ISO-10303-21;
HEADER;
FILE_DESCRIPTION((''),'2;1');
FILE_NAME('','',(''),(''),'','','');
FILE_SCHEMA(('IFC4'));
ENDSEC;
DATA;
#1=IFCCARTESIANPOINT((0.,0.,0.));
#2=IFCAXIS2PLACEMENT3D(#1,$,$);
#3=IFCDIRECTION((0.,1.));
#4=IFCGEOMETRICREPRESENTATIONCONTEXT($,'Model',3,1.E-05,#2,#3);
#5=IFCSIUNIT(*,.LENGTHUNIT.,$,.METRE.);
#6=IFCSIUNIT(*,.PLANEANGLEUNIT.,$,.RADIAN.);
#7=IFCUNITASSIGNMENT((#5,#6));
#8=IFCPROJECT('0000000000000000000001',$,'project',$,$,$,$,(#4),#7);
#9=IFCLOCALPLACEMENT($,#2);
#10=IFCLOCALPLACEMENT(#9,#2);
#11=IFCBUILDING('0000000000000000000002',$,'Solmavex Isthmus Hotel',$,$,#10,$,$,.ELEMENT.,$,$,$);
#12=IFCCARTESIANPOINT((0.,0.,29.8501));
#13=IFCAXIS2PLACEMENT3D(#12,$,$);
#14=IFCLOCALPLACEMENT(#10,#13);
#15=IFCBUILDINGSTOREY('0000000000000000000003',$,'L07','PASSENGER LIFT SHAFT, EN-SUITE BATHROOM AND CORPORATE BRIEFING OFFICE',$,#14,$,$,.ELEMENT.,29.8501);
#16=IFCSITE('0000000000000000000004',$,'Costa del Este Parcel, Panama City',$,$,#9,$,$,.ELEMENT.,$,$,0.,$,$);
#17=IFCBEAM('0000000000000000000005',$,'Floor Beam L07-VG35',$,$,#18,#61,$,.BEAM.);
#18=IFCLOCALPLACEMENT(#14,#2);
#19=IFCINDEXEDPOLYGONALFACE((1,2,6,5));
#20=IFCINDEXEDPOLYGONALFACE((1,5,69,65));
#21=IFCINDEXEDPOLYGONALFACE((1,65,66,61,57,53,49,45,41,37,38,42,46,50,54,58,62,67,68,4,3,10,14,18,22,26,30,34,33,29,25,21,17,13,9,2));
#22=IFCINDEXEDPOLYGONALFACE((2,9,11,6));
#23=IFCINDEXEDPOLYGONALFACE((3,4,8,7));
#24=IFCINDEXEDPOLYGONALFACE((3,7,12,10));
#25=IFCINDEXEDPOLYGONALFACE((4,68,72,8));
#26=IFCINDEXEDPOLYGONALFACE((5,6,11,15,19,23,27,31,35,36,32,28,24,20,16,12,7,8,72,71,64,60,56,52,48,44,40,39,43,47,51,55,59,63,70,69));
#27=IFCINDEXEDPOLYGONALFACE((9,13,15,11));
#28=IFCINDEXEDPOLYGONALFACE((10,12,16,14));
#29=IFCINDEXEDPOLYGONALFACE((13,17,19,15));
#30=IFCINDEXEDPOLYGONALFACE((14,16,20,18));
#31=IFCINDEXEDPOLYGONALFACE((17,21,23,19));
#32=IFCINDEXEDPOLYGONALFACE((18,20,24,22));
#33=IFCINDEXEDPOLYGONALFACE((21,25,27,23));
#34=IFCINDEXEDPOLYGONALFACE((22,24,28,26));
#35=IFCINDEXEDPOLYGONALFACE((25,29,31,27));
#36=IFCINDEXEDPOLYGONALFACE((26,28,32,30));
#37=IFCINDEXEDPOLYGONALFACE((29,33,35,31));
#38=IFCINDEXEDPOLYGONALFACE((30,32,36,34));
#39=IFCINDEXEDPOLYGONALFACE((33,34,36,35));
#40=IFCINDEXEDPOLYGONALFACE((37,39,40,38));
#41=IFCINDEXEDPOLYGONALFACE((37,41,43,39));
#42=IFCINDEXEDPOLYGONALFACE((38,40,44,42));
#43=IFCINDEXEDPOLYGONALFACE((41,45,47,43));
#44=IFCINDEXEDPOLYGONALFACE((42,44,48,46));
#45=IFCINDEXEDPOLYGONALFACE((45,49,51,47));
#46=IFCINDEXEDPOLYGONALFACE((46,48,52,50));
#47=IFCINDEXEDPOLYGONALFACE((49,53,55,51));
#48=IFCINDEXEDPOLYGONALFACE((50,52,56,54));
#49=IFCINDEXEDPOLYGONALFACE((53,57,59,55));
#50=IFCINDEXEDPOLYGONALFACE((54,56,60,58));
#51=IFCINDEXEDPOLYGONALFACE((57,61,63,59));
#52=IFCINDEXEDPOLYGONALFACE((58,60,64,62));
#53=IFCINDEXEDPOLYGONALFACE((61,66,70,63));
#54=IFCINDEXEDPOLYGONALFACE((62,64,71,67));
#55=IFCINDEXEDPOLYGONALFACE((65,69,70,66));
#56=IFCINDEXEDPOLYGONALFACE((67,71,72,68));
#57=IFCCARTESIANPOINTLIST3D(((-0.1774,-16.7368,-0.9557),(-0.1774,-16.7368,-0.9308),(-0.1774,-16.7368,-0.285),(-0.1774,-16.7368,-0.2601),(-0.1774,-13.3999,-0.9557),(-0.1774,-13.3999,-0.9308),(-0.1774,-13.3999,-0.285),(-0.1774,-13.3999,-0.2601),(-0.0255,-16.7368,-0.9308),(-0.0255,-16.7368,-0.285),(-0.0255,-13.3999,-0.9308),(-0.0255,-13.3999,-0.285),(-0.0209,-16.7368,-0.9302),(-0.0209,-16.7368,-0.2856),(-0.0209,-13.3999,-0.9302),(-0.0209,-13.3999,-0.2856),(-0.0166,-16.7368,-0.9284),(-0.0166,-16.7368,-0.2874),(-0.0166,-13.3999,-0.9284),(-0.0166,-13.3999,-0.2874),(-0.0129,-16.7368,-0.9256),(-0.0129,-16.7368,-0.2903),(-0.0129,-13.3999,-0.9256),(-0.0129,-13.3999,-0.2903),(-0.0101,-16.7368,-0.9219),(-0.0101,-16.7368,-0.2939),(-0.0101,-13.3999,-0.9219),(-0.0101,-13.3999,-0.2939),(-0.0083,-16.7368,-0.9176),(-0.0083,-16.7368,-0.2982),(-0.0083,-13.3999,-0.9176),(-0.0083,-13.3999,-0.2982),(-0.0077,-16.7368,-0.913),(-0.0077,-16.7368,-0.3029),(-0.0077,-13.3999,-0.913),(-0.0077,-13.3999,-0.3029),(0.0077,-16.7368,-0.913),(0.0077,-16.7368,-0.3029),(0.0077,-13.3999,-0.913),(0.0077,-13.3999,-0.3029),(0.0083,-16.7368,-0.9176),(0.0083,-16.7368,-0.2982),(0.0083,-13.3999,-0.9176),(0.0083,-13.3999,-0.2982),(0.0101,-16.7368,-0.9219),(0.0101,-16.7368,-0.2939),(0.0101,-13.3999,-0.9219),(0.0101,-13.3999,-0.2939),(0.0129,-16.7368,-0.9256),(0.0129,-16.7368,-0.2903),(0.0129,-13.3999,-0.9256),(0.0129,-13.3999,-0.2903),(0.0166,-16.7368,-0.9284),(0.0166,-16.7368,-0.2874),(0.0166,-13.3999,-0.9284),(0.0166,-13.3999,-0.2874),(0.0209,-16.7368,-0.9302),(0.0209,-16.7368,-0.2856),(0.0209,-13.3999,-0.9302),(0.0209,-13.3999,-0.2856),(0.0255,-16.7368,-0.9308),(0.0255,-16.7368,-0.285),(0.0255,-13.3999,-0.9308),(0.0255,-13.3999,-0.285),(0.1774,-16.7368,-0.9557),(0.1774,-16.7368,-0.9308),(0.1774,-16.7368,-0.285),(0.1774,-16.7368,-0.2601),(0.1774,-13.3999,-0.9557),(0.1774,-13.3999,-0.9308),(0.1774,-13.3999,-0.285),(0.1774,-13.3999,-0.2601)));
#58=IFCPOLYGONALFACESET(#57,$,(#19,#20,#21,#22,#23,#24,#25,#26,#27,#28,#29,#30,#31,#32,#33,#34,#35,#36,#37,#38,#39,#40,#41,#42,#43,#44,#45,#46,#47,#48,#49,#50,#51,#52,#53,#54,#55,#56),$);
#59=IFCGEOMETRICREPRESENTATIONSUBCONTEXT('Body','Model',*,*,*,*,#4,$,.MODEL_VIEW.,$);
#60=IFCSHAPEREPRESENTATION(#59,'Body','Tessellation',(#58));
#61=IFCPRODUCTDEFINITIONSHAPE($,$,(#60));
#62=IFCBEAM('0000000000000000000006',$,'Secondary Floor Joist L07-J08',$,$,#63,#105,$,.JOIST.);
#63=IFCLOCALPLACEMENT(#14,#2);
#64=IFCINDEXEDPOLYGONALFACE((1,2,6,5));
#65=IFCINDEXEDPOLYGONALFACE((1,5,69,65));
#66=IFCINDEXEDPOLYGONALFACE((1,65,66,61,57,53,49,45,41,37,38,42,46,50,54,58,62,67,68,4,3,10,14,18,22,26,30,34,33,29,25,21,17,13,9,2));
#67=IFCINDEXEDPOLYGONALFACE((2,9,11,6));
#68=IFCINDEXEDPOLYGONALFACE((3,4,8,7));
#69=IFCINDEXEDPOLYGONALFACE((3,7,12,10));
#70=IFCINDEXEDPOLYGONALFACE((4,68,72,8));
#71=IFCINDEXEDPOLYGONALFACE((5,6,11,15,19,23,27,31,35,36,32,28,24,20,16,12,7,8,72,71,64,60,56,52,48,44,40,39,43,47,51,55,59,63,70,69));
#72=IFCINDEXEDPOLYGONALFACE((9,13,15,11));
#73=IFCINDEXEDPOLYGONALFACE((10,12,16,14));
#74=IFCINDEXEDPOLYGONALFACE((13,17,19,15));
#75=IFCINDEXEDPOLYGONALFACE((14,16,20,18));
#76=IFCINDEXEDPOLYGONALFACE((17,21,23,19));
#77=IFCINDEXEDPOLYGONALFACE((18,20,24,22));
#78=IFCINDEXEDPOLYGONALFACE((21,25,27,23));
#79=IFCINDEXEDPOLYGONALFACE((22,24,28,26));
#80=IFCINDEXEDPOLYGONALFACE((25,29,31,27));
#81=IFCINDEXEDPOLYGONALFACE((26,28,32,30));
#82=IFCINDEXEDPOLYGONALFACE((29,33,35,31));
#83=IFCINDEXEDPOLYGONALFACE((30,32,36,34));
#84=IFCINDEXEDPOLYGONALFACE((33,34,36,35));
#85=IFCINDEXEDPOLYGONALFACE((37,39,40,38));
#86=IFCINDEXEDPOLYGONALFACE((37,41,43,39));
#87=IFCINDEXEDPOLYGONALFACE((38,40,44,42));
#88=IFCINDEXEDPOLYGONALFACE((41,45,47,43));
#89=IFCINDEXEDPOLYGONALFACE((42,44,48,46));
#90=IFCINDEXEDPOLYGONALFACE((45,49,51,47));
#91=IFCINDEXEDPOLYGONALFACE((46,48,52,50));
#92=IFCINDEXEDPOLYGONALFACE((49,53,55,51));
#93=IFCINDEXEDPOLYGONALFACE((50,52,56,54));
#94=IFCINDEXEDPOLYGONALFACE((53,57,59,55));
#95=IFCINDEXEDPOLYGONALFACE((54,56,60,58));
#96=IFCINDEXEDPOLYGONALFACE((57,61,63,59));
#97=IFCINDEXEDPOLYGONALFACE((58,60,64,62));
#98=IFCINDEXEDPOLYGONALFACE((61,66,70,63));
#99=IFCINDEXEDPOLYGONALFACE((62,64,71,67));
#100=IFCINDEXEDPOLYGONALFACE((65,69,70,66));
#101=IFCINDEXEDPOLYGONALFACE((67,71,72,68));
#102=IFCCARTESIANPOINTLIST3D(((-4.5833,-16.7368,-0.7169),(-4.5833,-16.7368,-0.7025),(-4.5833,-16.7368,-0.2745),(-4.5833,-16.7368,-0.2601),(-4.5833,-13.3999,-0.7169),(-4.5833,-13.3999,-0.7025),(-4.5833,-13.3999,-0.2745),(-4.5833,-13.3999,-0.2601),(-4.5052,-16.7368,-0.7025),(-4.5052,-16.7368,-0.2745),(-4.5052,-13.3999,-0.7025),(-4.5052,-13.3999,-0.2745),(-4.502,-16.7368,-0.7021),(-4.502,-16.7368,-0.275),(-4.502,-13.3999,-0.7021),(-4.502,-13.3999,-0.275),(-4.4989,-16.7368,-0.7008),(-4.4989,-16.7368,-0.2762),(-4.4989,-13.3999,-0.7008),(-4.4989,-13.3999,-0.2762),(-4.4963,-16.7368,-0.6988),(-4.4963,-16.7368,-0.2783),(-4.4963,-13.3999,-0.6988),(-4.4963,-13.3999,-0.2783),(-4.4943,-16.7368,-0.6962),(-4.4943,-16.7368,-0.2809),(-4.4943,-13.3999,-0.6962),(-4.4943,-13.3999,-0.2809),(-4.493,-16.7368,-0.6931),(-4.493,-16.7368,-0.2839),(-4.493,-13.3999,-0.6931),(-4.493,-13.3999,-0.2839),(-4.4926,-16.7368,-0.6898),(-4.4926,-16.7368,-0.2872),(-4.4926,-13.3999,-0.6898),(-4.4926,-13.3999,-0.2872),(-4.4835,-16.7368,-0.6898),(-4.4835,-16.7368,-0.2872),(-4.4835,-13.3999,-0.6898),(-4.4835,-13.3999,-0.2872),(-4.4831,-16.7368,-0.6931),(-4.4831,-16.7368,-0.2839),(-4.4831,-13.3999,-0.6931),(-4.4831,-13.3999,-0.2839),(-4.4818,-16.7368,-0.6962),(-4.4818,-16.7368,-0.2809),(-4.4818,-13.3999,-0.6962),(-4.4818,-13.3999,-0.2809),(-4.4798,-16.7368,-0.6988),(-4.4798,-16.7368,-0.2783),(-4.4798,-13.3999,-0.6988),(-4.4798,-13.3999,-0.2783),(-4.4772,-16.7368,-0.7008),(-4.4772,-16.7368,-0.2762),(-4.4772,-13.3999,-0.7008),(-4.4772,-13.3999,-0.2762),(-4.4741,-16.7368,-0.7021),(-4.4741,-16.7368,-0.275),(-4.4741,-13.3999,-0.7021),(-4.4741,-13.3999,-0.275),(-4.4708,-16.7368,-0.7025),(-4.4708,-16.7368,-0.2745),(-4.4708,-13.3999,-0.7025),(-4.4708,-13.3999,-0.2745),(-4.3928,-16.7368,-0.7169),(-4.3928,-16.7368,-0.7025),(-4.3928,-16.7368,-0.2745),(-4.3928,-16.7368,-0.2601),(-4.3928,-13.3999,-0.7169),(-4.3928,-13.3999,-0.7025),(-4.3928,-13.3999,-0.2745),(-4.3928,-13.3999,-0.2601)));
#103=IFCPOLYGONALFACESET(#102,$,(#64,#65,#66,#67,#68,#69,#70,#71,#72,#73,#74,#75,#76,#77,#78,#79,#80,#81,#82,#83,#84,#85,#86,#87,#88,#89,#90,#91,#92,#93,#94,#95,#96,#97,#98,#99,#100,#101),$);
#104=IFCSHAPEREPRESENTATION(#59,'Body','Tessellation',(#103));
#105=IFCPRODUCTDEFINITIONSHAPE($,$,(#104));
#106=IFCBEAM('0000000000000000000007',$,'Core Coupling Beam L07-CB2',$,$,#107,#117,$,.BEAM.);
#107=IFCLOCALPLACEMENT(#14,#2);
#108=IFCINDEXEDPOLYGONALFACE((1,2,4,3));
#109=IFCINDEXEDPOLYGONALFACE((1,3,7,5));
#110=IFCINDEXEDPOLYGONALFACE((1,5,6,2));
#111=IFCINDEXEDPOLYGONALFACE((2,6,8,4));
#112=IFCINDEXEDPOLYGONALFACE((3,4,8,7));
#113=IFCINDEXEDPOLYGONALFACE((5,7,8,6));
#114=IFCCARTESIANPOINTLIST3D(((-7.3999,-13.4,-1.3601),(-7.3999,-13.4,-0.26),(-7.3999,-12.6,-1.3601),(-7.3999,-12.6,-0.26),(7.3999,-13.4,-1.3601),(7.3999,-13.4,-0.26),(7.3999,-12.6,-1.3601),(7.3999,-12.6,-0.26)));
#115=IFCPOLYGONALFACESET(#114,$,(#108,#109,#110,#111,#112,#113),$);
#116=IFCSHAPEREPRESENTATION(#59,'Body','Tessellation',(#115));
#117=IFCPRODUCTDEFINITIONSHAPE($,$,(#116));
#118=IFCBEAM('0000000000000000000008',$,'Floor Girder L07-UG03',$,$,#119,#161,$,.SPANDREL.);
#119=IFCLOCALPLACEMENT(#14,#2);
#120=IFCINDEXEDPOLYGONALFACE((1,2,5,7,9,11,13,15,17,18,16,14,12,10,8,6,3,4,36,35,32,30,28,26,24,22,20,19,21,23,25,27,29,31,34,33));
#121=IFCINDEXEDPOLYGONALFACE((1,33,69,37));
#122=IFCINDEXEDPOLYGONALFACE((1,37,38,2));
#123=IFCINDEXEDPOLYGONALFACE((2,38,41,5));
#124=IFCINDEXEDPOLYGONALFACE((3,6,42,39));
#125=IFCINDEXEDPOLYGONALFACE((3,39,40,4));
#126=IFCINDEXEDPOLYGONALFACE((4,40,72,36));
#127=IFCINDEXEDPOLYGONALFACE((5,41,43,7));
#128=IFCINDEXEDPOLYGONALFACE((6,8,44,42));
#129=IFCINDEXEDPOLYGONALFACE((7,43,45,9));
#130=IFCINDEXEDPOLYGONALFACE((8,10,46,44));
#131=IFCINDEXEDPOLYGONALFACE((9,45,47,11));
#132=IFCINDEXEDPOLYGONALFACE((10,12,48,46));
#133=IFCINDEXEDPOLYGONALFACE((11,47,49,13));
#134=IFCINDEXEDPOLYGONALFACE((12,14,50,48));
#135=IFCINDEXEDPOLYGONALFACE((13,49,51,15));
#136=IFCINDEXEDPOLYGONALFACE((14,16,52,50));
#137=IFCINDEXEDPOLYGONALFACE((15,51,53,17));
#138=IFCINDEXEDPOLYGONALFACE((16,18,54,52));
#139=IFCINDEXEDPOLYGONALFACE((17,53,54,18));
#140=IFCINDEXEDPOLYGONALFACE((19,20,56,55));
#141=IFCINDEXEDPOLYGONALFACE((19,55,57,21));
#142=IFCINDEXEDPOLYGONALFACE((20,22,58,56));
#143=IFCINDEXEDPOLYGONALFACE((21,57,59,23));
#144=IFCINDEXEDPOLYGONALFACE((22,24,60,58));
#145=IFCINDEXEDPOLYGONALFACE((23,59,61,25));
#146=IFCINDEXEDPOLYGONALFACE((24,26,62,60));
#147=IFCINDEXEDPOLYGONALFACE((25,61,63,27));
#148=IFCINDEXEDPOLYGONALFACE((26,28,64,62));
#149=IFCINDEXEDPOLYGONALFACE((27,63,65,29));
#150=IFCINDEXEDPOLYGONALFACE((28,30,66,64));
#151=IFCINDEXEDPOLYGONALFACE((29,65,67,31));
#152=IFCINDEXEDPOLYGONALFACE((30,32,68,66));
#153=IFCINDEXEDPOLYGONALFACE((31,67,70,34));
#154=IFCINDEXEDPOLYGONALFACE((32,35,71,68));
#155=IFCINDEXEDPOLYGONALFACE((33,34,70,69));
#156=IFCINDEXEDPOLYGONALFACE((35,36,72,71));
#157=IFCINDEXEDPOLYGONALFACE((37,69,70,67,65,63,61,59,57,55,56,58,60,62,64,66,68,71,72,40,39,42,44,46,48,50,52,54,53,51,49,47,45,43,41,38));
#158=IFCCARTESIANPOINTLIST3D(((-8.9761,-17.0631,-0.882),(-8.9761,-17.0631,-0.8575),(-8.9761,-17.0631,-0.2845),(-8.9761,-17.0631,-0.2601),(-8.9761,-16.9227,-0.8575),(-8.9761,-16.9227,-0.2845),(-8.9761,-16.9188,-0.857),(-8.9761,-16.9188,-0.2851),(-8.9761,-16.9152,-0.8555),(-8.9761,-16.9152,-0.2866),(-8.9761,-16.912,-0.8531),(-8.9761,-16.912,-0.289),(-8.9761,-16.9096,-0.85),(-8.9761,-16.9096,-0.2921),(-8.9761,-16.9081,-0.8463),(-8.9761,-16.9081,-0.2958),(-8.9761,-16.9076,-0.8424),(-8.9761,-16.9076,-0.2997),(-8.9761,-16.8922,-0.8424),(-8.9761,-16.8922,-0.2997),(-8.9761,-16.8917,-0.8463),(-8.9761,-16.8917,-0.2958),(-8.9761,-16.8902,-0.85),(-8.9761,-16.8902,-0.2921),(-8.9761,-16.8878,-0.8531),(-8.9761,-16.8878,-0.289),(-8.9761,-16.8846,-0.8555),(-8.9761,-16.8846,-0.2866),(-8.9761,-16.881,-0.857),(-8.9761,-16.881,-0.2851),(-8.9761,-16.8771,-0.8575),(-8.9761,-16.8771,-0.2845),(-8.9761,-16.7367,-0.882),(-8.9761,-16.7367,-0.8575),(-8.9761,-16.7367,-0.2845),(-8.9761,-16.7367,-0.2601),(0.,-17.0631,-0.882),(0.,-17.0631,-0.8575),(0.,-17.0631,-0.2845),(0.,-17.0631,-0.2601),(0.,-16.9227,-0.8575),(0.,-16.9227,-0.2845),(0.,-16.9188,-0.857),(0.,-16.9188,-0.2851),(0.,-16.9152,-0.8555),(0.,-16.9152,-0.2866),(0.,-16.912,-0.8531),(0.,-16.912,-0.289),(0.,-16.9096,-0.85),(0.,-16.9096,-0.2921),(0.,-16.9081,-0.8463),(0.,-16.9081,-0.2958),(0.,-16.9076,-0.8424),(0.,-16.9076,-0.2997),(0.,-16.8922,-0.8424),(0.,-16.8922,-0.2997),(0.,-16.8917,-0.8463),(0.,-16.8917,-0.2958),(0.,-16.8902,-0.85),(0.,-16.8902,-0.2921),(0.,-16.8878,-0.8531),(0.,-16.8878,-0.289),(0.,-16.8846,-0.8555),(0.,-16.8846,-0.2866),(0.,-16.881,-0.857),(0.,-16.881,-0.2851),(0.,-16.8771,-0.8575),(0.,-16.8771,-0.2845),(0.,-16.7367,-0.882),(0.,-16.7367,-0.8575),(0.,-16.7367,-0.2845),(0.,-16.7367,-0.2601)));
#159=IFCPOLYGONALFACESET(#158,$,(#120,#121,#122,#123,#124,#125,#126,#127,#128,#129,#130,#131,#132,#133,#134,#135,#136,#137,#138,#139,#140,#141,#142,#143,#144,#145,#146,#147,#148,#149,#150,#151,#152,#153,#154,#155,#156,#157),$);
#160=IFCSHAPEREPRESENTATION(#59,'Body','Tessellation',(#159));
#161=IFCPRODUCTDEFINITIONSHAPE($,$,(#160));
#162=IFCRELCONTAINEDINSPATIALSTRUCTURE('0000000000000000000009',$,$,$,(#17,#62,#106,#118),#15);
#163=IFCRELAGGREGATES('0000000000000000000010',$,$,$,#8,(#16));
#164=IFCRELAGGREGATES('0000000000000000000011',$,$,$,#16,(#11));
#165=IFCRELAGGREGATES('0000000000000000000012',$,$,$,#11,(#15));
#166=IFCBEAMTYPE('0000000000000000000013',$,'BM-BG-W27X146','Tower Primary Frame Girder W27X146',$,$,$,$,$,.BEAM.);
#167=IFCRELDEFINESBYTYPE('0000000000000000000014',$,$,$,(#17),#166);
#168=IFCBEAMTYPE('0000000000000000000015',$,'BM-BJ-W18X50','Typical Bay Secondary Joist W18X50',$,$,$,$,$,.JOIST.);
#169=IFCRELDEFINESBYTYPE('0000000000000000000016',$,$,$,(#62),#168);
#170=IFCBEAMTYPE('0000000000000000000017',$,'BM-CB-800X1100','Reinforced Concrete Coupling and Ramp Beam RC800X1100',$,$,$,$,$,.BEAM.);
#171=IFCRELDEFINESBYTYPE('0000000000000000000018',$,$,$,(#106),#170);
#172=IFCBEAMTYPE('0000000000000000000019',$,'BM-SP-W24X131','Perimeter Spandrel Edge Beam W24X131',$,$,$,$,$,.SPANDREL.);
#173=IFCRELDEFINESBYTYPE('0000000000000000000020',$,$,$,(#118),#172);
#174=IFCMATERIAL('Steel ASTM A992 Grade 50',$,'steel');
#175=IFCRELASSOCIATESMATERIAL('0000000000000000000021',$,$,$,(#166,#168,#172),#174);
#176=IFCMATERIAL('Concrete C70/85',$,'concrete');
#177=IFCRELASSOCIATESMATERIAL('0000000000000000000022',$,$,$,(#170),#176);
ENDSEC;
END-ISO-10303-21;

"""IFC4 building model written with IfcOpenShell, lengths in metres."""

from ifc_helpers import new_model, si_unit, direction, frame, origin, origin_2d, place, context, subcontext, project, spatial, rectangle, i_section, extrude, material, material_profile, profile_set, type_object, element, save


model = new_model("IFC4")

# Units and contexts
model_context = context("Model", 3, precision=1e-05, world=origin(), true_north=direction((0.0, 1.0)))
body_context = subcontext(model_context, "Body", "Model", "MODEL_VIEW")
ifc_project = project(units=[si_unit("LENGTHUNIT", "METRE"), si_unit("PLANEANGLEUNIT", "RADIAN")], contexts=[model_context])

# Site, building, storey
site_placement = place(None, origin())
site = spatial("IfcSite", under=ifc_project, at=site_placement, Name="Costa del Este Parcel, Panama City", CompositionType="ELEMENT", RefElevation=0.0)
building_placement = place(site_placement, origin())
building = spatial("IfcBuilding", under=site, at=building_placement, Name="Solmavex Isthmus Hotel", CompositionType="ELEMENT")
storey_placement = place(building_placement, frame((0.0, 0.0, 29.8501)))
storey = spatial("IfcBuildingStorey", under=building, at=storey_placement, Name="L07", Description="PASSENGER LIFT SHAFT, EN-SUITE BATHROOM AND CORPORATE BRIEFING OFFICE", CompositionType="ELEMENT", Elevation=29.8501)

# Shared definitions
ifc_material_1 = material(Name="Concrete C70/85", Category="concrete")

# Beams
ifc_material_2 = material(Name="Steel ASTM A992 Grade 50", Category="steel")
ifc_material_profile_1 = material_profile(ifc_material_2, i_section(OverallWidth=0.3547, OverallDepth=0.6956, WebThickness=0.0154, FlangeThickness=0.0249, FilletRadius=0.0178, at=origin_2d()), Name="W27X146")
ifc_profile_set_1 = profile_set([ifc_material_profile_1], Name="Steel ASTM A992 Grade 50")
beam_type_1 = type_object("IfcBeamType", Name="BM-BG-W27X146", Description="Tower Primary Frame Girder W27X146", PredefinedType="BEAM", material=ifc_profile_set_1)
for number, where, z_axis, x_axis, name in (
    (1, (0.0, -16.7368, -0.6079), (0.0, 1.0, 0.0), (-1.0, 0.0, 0.0), "Floor Beam L07-VG35"),
):
    element("IfcBeam", number, at=place(storey_placement, frame(where, z_axis=z_axis, x_axis=x_axis)), inside=storey, type_object=beam_type_1, Name=name, PredefinedType="BEAM", context=body_context, shape_type="SweptSolid", body=[
        extrude(i_section(OverallWidth=0.3547, OverallDepth=0.6956, WebThickness=0.0154, FlangeThickness=0.0249, FilletRadius=0.0178, at=origin_2d()), origin(), (0.0, 0.0, 1.0), 3.3369),
    ])
ifc_material_profile_2 = material_profile(ifc_material_2, i_section(OverallWidth=0.1904, OverallDepth=0.4568, WebThickness=0.009, FlangeThickness=0.0144, FilletRadius=0.0127, at=origin_2d()), Name="W18X50")
ifc_profile_set_2 = profile_set([ifc_material_profile_2], Name="Steel ASTM A992 Grade 50")
beam_type_2 = type_object("IfcBeamType", Name="BM-BJ-W18X50", Description="Typical Bay Secondary Joist W18X50", PredefinedType="JOIST", material=ifc_profile_set_2)
beam_1_placement = place(storey_placement, frame((-4.488, -16.7368, -0.4885), z_axis=(0.0, 1.0, 0.0), x_axis=(-1.0, 0.0, 0.0)))
element("IfcBeam", 2, at=beam_1_placement, inside=storey, type_object=beam_type_2, Name="Secondary Floor Joist L07-J08", PredefinedType="JOIST", context=body_context, shape_type="SweptSolid", body=[
    extrude(i_section(OverallWidth=0.1904, OverallDepth=0.4568, WebThickness=0.009, FlangeThickness=0.0144, FilletRadius=0.0127, at=origin_2d()), origin(), (0.0, 0.0, 1.0), 3.3369),
])
ifc_material_profile_3 = material_profile(ifc_material_1, rectangle(XDim=0.8, YDim=1.1001, at=origin_2d()), Name="RC800X1100")
ifc_profile_set_3 = profile_set([ifc_material_profile_3], Name="Concrete C70/85")
beam_type_3 = type_object("IfcBeamType", Name="BM-CB-800X1100", Description="Reinforced Concrete Coupling and Ramp Beam RC800X1100", PredefinedType="BEAM", material=ifc_profile_set_3)
beam_2_placement = place(storey_placement, frame((-7.3999, -13.0, -0.8101), z_axis=(1.0, 0.0, 0.0), x_axis=(0.0, 1.0, 0.0)))
element("IfcBeam", 3, at=beam_2_placement, inside=storey, type_object=beam_type_3, Name="Core Coupling Beam L07-CB2", PredefinedType="BEAM", context=body_context, shape_type="SweptSolid", body=[
    extrude(rectangle(XDim=0.8, YDim=1.1001, at=origin_2d()), origin(), (0.0, 0.0, 1.0), 14.7998),
])
ifc_material_profile_4 = material_profile(ifc_material_2, i_section(OverallWidth=0.3264, OverallDepth=0.6218, WebThickness=0.0154, FlangeThickness=0.0244, FilletRadius=0.0151, at=origin_2d()), Name="W24X131")
ifc_profile_set_4 = profile_set([ifc_material_profile_4], Name="Steel ASTM A992 Grade 50")
beam_type_4 = type_object("IfcBeamType", Name="BM-SP-W24X131", Description="Perimeter Spandrel Edge Beam W24X131", PredefinedType="SPANDREL", material=ifc_profile_set_4)
for number, where, z_axis, x_axis, name in (
    (4, (-8.9761, -16.8999, -0.571), (1.0, 0.0, 0.0), (0.0, 1.0, 0.0), "Floor Girder L07-UG03"),
):
    element("IfcBeam", number, at=place(storey_placement, frame(where, z_axis=z_axis, x_axis=x_axis)), inside=storey, type_object=beam_type_4, Name=name, PredefinedType="SPANDREL", context=body_context, shape_type="SweptSolid", body=[
        extrude(i_section(OverallWidth=0.3264, OverallDepth=0.6218, WebThickness=0.0154, FlangeThickness=0.0244, FilletRadius=0.0151, at=origin_2d()), origin(), (0.0, 0.0, 1.0), 8.9761),
    ])

save(model, "model.ifc")
